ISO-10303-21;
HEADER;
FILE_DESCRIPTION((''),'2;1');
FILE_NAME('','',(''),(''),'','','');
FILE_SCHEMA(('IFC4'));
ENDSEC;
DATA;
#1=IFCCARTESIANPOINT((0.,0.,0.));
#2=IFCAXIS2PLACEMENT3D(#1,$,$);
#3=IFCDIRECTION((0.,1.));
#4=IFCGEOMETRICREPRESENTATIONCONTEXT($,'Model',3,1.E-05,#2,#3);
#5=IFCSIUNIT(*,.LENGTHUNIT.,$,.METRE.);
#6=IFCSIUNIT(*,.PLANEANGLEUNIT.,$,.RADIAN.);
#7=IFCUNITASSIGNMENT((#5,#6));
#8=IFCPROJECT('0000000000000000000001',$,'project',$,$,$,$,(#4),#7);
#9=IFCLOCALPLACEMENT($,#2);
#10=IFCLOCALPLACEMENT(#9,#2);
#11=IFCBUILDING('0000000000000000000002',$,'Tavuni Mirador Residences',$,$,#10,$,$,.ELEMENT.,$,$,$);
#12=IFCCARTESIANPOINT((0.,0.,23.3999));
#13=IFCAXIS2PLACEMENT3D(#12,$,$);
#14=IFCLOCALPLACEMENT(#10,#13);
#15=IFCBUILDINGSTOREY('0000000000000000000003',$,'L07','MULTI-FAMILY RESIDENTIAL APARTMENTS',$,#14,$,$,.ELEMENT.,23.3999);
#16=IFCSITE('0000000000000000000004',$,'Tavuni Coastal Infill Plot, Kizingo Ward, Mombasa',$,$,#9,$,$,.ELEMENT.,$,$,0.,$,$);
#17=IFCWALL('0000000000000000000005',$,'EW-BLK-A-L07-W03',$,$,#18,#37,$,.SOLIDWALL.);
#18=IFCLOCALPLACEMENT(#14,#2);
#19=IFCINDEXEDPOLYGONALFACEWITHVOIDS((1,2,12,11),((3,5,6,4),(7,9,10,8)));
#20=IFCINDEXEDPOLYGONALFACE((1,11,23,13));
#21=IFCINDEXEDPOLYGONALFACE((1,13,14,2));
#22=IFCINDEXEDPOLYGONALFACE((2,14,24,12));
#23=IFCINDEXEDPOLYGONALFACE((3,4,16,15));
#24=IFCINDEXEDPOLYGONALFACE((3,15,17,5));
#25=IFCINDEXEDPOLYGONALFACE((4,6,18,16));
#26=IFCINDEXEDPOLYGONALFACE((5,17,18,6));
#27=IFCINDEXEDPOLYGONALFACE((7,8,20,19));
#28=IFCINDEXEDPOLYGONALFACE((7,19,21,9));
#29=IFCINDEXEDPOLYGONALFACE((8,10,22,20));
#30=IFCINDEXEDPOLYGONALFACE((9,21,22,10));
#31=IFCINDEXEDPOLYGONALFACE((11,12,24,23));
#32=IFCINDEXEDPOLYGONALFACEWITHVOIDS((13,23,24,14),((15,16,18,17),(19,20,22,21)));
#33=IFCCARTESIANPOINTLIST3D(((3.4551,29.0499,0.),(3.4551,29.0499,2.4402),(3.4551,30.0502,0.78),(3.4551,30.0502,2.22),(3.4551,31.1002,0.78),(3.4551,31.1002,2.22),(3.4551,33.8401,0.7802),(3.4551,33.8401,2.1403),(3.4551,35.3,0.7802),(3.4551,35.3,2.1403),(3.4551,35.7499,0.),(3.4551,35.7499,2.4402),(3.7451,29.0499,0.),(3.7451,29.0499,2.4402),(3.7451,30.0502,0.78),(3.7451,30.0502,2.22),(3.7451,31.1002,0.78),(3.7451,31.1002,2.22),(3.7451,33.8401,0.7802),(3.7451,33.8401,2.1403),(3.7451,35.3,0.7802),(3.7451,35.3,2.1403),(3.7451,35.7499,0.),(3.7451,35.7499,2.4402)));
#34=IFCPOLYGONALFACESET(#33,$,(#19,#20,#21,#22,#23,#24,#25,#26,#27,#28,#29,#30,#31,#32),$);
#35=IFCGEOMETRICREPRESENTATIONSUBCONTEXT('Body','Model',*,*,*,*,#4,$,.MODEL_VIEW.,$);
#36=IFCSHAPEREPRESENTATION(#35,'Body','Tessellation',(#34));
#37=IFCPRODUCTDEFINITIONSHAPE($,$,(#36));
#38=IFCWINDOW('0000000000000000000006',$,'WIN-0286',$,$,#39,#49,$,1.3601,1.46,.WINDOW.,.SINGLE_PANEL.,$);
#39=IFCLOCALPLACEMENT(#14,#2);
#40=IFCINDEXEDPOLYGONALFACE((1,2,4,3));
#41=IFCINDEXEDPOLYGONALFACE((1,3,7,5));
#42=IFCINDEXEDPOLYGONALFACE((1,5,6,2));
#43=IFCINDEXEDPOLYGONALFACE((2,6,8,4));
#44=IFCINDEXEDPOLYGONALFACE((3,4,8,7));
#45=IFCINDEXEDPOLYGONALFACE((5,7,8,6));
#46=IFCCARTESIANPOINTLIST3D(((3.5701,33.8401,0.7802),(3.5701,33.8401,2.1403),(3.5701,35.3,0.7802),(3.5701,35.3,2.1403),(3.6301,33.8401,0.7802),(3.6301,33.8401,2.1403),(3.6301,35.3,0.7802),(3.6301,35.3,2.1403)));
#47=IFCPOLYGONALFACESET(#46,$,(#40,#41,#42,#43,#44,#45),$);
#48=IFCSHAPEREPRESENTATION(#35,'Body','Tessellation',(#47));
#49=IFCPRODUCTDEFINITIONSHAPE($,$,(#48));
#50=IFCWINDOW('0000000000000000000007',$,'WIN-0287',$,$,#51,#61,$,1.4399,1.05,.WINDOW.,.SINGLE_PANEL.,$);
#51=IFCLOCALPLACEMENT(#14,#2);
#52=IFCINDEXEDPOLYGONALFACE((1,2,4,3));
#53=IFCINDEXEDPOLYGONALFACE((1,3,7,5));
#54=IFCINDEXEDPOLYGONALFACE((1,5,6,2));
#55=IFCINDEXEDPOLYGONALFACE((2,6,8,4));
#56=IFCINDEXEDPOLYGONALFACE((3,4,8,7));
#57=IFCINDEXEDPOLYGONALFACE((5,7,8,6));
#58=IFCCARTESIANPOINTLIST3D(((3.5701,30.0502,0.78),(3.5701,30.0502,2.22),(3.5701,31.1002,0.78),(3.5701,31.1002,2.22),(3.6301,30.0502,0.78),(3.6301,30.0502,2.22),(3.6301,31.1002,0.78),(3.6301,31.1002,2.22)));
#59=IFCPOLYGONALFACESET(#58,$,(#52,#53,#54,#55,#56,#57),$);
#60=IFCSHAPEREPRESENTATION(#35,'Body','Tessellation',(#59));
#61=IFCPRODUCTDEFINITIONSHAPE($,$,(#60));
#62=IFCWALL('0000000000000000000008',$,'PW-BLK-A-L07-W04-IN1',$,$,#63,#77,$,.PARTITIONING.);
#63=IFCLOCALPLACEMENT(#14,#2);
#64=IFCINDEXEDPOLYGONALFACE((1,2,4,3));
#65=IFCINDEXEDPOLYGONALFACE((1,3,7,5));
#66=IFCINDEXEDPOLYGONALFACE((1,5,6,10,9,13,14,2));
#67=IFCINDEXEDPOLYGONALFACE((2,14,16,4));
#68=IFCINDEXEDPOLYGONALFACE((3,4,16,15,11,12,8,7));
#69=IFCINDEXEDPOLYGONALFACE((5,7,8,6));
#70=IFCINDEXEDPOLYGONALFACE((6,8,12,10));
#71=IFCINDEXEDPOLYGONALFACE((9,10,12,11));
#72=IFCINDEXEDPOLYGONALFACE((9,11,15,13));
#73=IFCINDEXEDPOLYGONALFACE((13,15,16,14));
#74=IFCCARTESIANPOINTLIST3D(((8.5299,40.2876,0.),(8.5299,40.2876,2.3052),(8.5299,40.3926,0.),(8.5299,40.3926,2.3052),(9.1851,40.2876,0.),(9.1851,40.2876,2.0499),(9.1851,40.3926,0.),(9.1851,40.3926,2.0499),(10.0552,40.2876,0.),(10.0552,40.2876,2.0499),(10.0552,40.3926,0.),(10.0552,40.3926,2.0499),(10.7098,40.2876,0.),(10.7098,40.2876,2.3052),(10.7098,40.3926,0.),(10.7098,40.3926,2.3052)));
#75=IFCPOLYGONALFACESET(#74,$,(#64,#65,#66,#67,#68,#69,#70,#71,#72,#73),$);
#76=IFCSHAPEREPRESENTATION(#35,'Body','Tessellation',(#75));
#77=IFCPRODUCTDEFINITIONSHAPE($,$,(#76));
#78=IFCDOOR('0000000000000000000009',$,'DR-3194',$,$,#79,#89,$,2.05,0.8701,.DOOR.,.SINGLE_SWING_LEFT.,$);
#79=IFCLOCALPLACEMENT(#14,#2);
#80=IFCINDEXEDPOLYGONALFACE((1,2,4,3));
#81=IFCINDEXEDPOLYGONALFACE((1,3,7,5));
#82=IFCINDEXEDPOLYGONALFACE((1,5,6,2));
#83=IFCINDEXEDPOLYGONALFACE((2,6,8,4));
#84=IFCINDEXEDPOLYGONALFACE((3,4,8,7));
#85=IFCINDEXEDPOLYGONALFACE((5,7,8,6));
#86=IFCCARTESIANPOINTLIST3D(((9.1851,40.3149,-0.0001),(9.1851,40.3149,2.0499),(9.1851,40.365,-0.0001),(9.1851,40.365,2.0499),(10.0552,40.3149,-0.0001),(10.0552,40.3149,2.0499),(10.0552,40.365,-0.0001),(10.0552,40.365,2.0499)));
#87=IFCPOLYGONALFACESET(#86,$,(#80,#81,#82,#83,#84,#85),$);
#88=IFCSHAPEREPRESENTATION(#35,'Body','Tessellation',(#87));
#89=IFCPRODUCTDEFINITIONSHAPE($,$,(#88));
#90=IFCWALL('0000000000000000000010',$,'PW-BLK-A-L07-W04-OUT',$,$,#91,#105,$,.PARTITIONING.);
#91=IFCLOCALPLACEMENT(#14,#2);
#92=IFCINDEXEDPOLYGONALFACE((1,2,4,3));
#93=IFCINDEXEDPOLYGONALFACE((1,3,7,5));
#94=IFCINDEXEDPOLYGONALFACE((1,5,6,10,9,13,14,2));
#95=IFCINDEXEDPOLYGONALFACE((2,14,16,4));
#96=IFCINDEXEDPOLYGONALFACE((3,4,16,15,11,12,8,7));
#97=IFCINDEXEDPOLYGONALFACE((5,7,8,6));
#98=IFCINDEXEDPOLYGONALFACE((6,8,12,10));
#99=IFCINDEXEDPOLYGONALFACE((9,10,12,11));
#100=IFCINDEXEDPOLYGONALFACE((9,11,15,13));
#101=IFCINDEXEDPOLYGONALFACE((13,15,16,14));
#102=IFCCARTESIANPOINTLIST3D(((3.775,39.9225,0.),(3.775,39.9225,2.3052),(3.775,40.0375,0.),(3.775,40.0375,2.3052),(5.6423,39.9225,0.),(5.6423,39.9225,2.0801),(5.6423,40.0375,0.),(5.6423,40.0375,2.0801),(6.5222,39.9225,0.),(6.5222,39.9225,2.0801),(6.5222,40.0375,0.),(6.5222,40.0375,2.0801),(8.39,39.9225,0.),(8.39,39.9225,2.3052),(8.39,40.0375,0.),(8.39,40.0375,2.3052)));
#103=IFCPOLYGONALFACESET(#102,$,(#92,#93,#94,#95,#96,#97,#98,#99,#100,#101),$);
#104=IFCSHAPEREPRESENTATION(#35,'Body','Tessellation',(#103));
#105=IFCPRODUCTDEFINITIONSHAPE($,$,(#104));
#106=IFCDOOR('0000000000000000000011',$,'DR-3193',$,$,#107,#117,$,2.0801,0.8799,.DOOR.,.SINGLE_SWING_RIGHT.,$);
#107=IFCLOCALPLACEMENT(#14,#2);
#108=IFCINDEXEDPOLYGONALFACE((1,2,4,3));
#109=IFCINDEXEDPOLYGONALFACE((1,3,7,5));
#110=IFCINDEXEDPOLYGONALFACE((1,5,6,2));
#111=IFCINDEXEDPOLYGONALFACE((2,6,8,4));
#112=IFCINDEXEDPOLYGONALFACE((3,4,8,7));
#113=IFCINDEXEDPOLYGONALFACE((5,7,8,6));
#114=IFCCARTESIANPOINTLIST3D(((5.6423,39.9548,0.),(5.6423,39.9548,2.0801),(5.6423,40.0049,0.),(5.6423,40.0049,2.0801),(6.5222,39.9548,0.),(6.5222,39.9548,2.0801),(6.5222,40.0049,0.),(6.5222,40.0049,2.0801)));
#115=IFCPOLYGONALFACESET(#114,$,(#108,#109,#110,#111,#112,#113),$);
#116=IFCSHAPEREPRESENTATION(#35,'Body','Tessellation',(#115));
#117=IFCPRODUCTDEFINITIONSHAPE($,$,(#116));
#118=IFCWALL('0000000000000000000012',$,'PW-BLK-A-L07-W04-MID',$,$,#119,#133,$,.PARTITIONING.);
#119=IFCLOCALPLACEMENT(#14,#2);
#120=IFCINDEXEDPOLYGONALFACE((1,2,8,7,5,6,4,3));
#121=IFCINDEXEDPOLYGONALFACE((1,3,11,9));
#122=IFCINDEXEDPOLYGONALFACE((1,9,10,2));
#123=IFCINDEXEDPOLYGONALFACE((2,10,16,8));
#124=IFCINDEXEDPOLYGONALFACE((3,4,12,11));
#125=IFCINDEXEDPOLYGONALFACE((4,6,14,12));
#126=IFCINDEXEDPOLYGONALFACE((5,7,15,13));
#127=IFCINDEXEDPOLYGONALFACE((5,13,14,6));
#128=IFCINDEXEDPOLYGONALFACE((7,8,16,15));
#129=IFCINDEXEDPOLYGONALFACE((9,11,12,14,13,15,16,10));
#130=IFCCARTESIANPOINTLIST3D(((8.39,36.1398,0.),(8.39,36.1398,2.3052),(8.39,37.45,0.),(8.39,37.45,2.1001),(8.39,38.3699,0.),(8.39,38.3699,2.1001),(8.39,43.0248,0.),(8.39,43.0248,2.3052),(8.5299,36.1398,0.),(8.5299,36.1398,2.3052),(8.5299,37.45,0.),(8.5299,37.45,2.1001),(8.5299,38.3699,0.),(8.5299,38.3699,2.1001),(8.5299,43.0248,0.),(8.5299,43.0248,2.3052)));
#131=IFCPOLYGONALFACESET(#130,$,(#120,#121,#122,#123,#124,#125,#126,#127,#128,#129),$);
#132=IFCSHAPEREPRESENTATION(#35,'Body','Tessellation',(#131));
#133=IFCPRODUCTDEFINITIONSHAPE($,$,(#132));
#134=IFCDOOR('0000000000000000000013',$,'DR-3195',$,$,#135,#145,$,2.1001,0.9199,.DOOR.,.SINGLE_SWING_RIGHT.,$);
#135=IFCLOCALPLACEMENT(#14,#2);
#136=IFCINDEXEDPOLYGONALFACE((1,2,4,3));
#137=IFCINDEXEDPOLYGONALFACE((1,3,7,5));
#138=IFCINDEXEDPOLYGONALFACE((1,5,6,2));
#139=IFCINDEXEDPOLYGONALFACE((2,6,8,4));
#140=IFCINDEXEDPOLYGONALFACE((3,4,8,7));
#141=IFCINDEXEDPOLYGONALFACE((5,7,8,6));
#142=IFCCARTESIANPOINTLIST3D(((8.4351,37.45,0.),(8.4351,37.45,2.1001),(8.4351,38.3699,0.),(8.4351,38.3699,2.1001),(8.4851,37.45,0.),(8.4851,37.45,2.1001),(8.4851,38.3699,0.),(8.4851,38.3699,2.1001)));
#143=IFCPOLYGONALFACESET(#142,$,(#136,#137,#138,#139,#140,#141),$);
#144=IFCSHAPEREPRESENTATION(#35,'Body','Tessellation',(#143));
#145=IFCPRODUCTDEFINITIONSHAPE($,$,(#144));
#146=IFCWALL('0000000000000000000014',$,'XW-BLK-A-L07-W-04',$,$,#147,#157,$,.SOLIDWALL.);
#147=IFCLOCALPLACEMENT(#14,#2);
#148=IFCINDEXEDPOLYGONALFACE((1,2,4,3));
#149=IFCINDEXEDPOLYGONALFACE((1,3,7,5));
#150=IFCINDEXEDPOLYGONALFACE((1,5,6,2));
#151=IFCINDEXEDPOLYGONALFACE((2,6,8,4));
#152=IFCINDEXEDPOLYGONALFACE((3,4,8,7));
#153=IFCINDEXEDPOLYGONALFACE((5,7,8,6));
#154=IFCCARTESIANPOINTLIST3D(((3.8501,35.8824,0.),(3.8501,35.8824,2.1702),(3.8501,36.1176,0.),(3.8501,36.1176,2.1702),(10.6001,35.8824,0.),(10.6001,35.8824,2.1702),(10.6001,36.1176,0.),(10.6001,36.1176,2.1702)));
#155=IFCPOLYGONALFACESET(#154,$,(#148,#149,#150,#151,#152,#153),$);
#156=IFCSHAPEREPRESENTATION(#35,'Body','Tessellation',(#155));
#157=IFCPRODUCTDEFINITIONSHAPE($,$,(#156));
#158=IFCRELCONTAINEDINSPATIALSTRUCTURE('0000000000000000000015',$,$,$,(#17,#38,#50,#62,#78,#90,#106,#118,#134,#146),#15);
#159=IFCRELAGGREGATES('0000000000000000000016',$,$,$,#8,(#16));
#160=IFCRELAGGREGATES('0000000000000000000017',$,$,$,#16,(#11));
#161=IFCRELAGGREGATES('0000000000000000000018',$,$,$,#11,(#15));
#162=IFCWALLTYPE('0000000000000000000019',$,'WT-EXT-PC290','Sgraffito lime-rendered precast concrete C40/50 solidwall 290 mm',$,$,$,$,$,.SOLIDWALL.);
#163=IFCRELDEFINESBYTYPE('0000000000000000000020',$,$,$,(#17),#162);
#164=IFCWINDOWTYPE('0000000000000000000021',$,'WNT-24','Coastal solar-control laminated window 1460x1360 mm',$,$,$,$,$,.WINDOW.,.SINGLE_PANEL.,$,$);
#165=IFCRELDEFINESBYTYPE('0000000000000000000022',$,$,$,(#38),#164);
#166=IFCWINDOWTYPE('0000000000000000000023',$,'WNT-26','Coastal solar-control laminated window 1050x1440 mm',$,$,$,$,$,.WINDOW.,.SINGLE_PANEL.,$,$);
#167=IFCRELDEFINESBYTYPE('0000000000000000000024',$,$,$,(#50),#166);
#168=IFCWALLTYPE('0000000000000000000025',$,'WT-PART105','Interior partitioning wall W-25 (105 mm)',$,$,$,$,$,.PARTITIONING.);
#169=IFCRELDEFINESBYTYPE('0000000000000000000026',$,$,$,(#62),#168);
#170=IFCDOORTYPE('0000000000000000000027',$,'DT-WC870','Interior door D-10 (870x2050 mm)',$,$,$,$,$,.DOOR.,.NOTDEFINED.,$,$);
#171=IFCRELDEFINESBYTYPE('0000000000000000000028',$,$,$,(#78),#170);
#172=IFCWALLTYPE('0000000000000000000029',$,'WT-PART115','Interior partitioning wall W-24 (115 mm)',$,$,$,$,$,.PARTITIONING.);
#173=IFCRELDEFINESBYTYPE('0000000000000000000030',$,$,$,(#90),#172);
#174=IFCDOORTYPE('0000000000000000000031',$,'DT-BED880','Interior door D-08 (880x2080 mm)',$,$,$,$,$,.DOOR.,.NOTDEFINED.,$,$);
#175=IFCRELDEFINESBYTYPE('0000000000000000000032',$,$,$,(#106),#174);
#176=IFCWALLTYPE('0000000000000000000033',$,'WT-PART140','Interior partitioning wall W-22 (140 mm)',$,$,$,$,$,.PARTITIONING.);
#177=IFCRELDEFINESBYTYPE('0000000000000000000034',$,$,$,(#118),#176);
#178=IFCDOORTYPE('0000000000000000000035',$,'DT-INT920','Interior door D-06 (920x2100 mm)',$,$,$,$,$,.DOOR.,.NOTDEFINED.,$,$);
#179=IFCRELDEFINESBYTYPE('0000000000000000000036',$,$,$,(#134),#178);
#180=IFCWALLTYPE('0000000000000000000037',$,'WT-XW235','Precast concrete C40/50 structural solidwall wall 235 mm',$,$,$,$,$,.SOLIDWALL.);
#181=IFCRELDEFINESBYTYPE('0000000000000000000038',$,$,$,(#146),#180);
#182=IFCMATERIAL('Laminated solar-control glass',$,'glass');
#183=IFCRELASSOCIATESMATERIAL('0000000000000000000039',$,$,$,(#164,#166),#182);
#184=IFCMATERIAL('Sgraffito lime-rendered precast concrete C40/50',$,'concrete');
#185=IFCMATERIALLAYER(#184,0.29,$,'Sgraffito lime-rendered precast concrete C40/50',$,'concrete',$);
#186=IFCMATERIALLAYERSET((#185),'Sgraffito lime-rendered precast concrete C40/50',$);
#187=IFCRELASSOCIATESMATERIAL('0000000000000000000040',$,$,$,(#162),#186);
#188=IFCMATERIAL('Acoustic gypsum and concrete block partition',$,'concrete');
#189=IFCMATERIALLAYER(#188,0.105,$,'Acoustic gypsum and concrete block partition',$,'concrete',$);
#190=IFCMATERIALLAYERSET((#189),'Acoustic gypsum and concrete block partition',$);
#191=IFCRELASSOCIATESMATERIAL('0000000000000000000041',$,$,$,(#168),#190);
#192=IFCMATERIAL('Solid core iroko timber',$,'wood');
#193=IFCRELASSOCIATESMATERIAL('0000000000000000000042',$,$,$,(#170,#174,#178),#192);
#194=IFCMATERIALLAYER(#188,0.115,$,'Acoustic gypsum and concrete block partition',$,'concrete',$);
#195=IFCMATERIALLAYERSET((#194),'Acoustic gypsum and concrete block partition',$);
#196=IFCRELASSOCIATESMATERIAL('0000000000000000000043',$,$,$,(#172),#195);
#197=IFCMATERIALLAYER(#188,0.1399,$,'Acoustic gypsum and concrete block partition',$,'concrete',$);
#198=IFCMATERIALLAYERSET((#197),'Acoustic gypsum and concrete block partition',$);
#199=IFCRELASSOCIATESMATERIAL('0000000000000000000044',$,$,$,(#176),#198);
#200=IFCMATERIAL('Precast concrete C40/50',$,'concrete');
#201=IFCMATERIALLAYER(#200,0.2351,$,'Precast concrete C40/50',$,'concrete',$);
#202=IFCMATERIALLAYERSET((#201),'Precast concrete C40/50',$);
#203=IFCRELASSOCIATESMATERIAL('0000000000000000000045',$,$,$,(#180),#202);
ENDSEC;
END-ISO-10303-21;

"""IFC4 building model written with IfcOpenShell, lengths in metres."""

from ifc_helpers import new_model, si_unit, direction, frame, frame_2d, origin, place, context, subcontext, project, spatial, rectangle, extrude, material, layer, layer_set, type_object, element, fill, save


model = new_model("IFC4")

# Units and contexts
model_context = context("Model", 3, precision=1e-05, world=origin(), true_north=direction((0.0, 1.0)))
body_context = subcontext(model_context, "Body", "Model", "MODEL_VIEW")
ifc_project = project(units=[si_unit("LENGTHUNIT", "METRE"), si_unit("PLANEANGLEUNIT", "RADIAN")], contexts=[model_context])

# Site, building, storey
site_placement = place(None, origin())
site = spatial("IfcSite", under=ifc_project, at=site_placement, Name="Tavuni Coastal Infill Plot, Kizingo Ward, Mombasa", CompositionType="ELEMENT", RefElevation=0.0)
building_placement = place(site_placement, origin())
building = spatial("IfcBuilding", under=site, at=building_placement, Name="Tavuni Mirador Residences", CompositionType="ELEMENT")
storey_placement = place(building_placement, frame((0.0, 0.0, 23.3999)))
storey = spatial("IfcBuildingStorey", under=building, at=storey_placement, Name="L07", Description="MULTI-FAMILY RESIDENTIAL APARTMENTS", CompositionType="ELEMENT", Elevation=23.3999)

# Shared definitions
ifc_material_1 = material(Name="Precast concrete C40/50", Category="concrete")

# Shared definitions
ifc_material_2 = material(Name="Solid core iroko timber", Category="wood")

# Wall, openings, windows
ifc_material_3 = material(Name="Sgraffito lime-rendered precast concrete C40/50", Category="concrete")
ifc_material_4 = material(Name="Laminated solar-control glass", Category="glass")
window_type_1 = type_object("IfcWindowType", Name="WNT-24", Description="Coastal solar-control laminated window 1460x1360 mm", PartitioningType="SINGLE_PANEL", PredefinedType="WINDOW", material=ifc_material_4)
ifc_layer_1 = layer(ifc_material_3, 0.29, Name="Sgraffito lime-rendered precast concrete C40/50", Category="concrete")
ifc_layer_set_1 = layer_set([ifc_layer_1], Name="Sgraffito lime-rendered precast concrete C40/50")
wall_type_1 = type_object("IfcWallType", Name="WT-EXT-PC290", Description="Sgraffito lime-rendered precast concrete C40/50 solidwall 290 mm", PredefinedType="SOLIDWALL", material=ifc_layer_set_1)
wall_1_placement = place(storey_placement, frame((3.6001, 35.75, 0.0), z_axis=(0.0, 0.0, 1.0), x_axis=(0.0, -1.0, 0.0)))
wall_1 = element("IfcWall", 1, at=wall_1_placement, inside=storey, type_object=wall_type_1, Name="EW-BLK-A-L07-W03", PredefinedType="SOLIDWALL", context=body_context, shape_type="SweptSolid", body=[
    extrude(rectangle(XDim=6.7, YDim=0.29, at=frame_2d((3.3501, 0.0))), origin(), (0.0, 0.0, 1.0), 2.4402),
])
opening_1_placement = place(wall_1_placement, frame((0.45, 0.0, 0.78)))
opening_1 = element("IfcOpeningElement", 2, at=opening_1_placement, cuts=wall_1, PredefinedType="OPENING", context=body_context, shape_type="SweptSolid", body=[
    extrude(rectangle(XDim=1.46, YDim=1.3601, at=frame_2d((0.73, 0.6802))), frame((0.0, 0.155, 0.0), z_axis=(0.0, -1.0, 0.0), x_axis=(1.0, 0.0, 0.0)), (0.0, 0.0, 1.0), 0.3101),
])
opening_2_placement = place(wall_1_placement, frame((4.6499, 0.0, 0.78)))
opening_2 = element("IfcOpeningElement", 3, at=opening_2_placement, cuts=wall_1, PredefinedType="OPENING", context=body_context, shape_type="SweptSolid", body=[
    extrude(rectangle(XDim=1.05, YDim=1.4399, at=frame_2d((0.5249, 0.72))), frame((0.0, 0.155, 0.0), z_axis=(0.0, -1.0, 0.0), x_axis=(1.0, 0.0, 0.0)), (0.0, 0.0, 1.0), 0.3101),
])
window_1_placement = place(opening_1_placement, origin())
window_1 = element("IfcWindow", 4, at=window_1_placement, inside=storey, type_object=window_type_1, Name="WIN-0286", OverallHeight=1.3601, OverallWidth=1.46, PartitioningType="SINGLE_PANEL", PredefinedType="WINDOW", context=body_context, shape_type="SweptSolid", body=[
    extrude(rectangle(XDim=1.46, YDim=1.3601, at=frame_2d((0.73, 0.6802))), frame((0.0, 0.03, 0.0), z_axis=(0.0, -1.0, 0.0), x_axis=(1.0, 0.0, 0.0)), (0.0, 0.0, 1.0), 0.0601),
])
fill(opening_1, window_1)
window_type_2 = type_object("IfcWindowType", Name="WNT-26", Description="Coastal solar-control laminated window 1050x1440 mm", PartitioningType="SINGLE_PANEL", PredefinedType="WINDOW", material=ifc_material_4)
window_2_placement = place(opening_2_placement, origin())
window_2 = element("IfcWindow", 5, at=window_2_placement, inside=storey, type_object=window_type_2, Name="WIN-0287", OverallHeight=1.4399, OverallWidth=1.05, PartitioningType="SINGLE_PANEL", PredefinedType="WINDOW", context=body_context, shape_type="SweptSolid", body=[
    extrude(rectangle(XDim=1.05, YDim=1.4399, at=frame_2d((0.5249, 0.72))), frame((0.0, 0.03, 0.0), z_axis=(0.0, -1.0, 0.0), x_axis=(1.0, 0.0, 0.0)), (0.0, 0.0, 1.0), 0.0601),
])
fill(opening_2, window_2)

# Walls, openings, doors
ifc_material_5 = material(Name="Acoustic gypsum and concrete block partition", Category="concrete")
ifc_layer_2 = layer(ifc_material_5, 0.105, Name="Acoustic gypsum and concrete block partition", Category="concrete")
ifc_layer_set_2 = layer_set([ifc_layer_2], Name="Acoustic gypsum and concrete block partition")
wall_type_2 = type_object("IfcWallType", Name="WT-PART105", Description="Interior partitioning wall W-25 (105 mm)", PredefinedType="PARTITIONING", material=ifc_layer_set_2)
wall_2_placement = place(storey_placement, frame((8.53, 40.3401, 0.0), z_axis=(0.0, 0.0, 1.0), x_axis=(1.0, 0.0, 0.0)))
wall_2 = element("IfcWall", 6, at=wall_2_placement, inside=storey, type_object=wall_type_2, Name="PW-BLK-A-L07-W04-IN1", PredefinedType="PARTITIONING", context=body_context, shape_type="SweptSolid", body=[
    extrude(rectangle(XDim=2.1799, YDim=0.105, at=frame_2d((1.0898, 0.0))), origin(), (0.0, 0.0, 1.0), 2.3052),
])
opening_3_placement = place(wall_2_placement, frame((0.655, 0.0, 0.0)))
opening_3 = element("IfcOpeningElement", 7, at=opening_3_placement, cuts=wall_2, PredefinedType="OPENING", context=body_context, shape_type="SweptSolid", body=[
    extrude(rectangle(XDim=0.8701, YDim=2.05, at=frame_2d((0.4351, 1.0249))), frame((0.0, 0.0625, 0.0), z_axis=(0.0, -1.0, 0.0), x_axis=(1.0, 0.0, 0.0)), (0.0, 0.0, 1.0), 0.125),
])
door_type_1 = type_object("IfcDoorType", Name="DT-WC870", Description="Interior door D-10 (870x2050 mm)", OperationType="NOTDEFINED", PredefinedType="DOOR", material=ifc_material_2)
door_1_placement = place(opening_3_placement, origin())
door_1 = element("IfcDoor", 8, at=door_1_placement, inside=storey, type_object=door_type_1, Name="DR-3194", OperationType="SINGLE_SWING_LEFT", OverallHeight=2.05, OverallWidth=0.8701, PredefinedType="DOOR", context=body_context, shape_type="SweptSolid", body=[
    extrude(rectangle(XDim=0.8701, YDim=2.05, at=frame_2d((0.4351, 1.0249))), frame((0.0, 0.0249, 0.0), z_axis=(0.0, -1.0, 0.0), x_axis=(1.0, 0.0, 0.0)), (0.0, 0.0, 1.0), 0.05),
])
fill(opening_3, door_1)
ifc_layer_3 = layer(ifc_material_5, 0.115, Name="Acoustic gypsum and concrete block partition", Category="concrete")
ifc_layer_set_3 = layer_set([ifc_layer_3], Name="Acoustic gypsum and concrete block partition")
wall_type_3 = type_object("IfcWallType", Name="WT-PART115", Description="Interior partitioning wall W-24 (115 mm)", PredefinedType="PARTITIONING", material=ifc_layer_set_3)
wall_3_placement = place(storey_placement, frame((3.7749, 39.98, 0.0), z_axis=(0.0, 0.0, 1.0), x_axis=(1.0, 0.0, 0.0)))
wall_3 = element("IfcWall", 9, at=wall_3_placement, inside=storey, type_object=wall_type_3, Name="PW-BLK-A-L07-W04-OUT", PredefinedType="PARTITIONING", context=body_context, shape_type="SweptSolid", body=[
    extrude(rectangle(XDim=4.615, YDim=0.115, at=frame_2d((2.3076, 0.0))), origin(), (0.0, 0.0, 1.0), 2.3052),
])
opening_4_placement = place(wall_3_placement, frame((1.8674, 0.0, 0.0)))
opening_4 = element("IfcOpeningElement", 10, at=opening_4_placement, cuts=wall_3, PredefinedType="OPENING", context=body_context, shape_type="SweptSolid", body=[
    extrude(rectangle(XDim=0.8799, YDim=2.0801, at=frame_2d((0.4399, 1.04))), frame((0.0, 0.0674, 0.0), z_axis=(0.0, -1.0, 0.0), x_axis=(1.0, 0.0, 0.0)), (0.0, 0.0, 1.0), 0.135),
])
door_type_2 = type_object("IfcDoorType", Name="DT-BED880", Description="Interior door D-08 (880x2080 mm)", OperationType="NOTDEFINED", PredefinedType="DOOR", material=ifc_material_2)
door_2_placement = place(opening_4_placement, origin())
door_2 = element("IfcDoor", 11, at=door_2_placement, inside=storey, type_object=door_type_2, Name="DR-3193", OperationType="SINGLE_SWING_RIGHT", OverallHeight=2.0801, OverallWidth=0.8799, PredefinedType="DOOR", context=body_context, shape_type="SweptSolid", body=[
    extrude(rectangle(XDim=0.8799, YDim=2.0801, at=frame_2d((0.4399, 1.04))), frame((0.0, 0.0249, 0.0), z_axis=(0.0, -1.0, 0.0), x_axis=(1.0, 0.0, 0.0)), (0.0, 0.0, 1.0), 0.05),
])
fill(opening_4, door_2)
ifc_layer_4 = layer(ifc_material_5, 0.1399, Name="Acoustic gypsum and concrete block partition", Category="concrete")
ifc_layer_set_4 = layer_set([ifc_layer_4], Name="Acoustic gypsum and concrete block partition")
wall_type_4 = type_object("IfcWallType", Name="WT-PART140", Description="Interior partitioning wall W-22 (140 mm)", PredefinedType="PARTITIONING", material=ifc_layer_set_4)
wall_4_placement = place(storey_placement, frame((8.46, 36.1399, 0.0), z_axis=(0.0, 0.0, 1.0), x_axis=(0.0, 1.0, 0.0)))
wall_4 = element("IfcWall", 12, at=wall_4_placement, inside=storey, type_object=wall_type_4, Name="PW-BLK-A-L07-W04-MID", PredefinedType="PARTITIONING", context=body_context, shape_type="SweptSolid", body=[
    extrude(rectangle(XDim=6.885, YDim=0.1399, at=frame_2d((3.4424, 0.0))), origin(), (0.0, 0.0, 1.0), 2.3052),
])
opening_5_placement = place(wall_4_placement, frame((1.3101, 0.0, 0.0)))
opening_5 = element("IfcOpeningElement", 13, at=opening_5_placement, cuts=wall_4, PredefinedType="OPENING", context=body_context, shape_type="SweptSolid", body=[
    extrude(rectangle(XDim=0.9199, YDim=2.1001, at=frame_2d((0.46, 1.05))), frame((0.0, 0.0801, 0.0), z_axis=(0.0, -1.0, 0.0), x_axis=(1.0, 0.0, 0.0)), (0.0, 0.0, 1.0), 0.1599),
])
door_type_3 = type_object("IfcDoorType", Name="DT-INT920", Description="Interior door D-06 (920x2100 mm)", OperationType="NOTDEFINED", PredefinedType="DOOR", material=ifc_material_2)
door_3_placement = place(opening_5_placement, origin())
door_3 = element("IfcDoor", 14, at=door_3_placement, inside=storey, type_object=door_type_3, Name="DR-3195", OperationType="SINGLE_SWING_RIGHT", OverallHeight=2.1001, OverallWidth=0.9199, PredefinedType="DOOR", context=body_context, shape_type="SweptSolid", body=[
    extrude(rectangle(XDim=0.9199, YDim=2.1001, at=frame_2d((0.46, 1.05))), frame((0.0, 0.0249, 0.0), z_axis=(0.0, -1.0, 0.0), x_axis=(1.0, 0.0, 0.0)), (0.0, 0.0, 1.0), 0.05),
])
fill(opening_5, door_3)

# Wall
ifc_layer_5 = layer(ifc_material_1, 0.2351, Name="Precast concrete C40/50", Category="concrete")
ifc_layer_set_5 = layer_set([ifc_layer_5], Name="Precast concrete C40/50")
wall_type_5 = type_object("IfcWallType", Name="WT-XW235", Description="Precast concrete C40/50 structural solidwall wall 235 mm", PredefinedType="SOLIDWALL", material=ifc_layer_set_5)
wall_5_placement = place(storey_placement, frame((3.8501, 36.0, 0.0), z_axis=(0.0, 0.0, 1.0), x_axis=(1.0, 0.0, 0.0)))
element("IfcWall", 15, at=wall_5_placement, inside=storey, type_object=wall_type_5, Name="XW-BLK-A-L07-W-04", PredefinedType="SOLIDWALL", context=body_context, shape_type="SweptSolid", body=[
    extrude(rectangle(XDim=6.75, YDim=0.2351, at=frame_2d((3.375, 0.0))), origin(), (0.0, 0.0, 1.0), 2.1702),
])

save(model, "model.ifc")
